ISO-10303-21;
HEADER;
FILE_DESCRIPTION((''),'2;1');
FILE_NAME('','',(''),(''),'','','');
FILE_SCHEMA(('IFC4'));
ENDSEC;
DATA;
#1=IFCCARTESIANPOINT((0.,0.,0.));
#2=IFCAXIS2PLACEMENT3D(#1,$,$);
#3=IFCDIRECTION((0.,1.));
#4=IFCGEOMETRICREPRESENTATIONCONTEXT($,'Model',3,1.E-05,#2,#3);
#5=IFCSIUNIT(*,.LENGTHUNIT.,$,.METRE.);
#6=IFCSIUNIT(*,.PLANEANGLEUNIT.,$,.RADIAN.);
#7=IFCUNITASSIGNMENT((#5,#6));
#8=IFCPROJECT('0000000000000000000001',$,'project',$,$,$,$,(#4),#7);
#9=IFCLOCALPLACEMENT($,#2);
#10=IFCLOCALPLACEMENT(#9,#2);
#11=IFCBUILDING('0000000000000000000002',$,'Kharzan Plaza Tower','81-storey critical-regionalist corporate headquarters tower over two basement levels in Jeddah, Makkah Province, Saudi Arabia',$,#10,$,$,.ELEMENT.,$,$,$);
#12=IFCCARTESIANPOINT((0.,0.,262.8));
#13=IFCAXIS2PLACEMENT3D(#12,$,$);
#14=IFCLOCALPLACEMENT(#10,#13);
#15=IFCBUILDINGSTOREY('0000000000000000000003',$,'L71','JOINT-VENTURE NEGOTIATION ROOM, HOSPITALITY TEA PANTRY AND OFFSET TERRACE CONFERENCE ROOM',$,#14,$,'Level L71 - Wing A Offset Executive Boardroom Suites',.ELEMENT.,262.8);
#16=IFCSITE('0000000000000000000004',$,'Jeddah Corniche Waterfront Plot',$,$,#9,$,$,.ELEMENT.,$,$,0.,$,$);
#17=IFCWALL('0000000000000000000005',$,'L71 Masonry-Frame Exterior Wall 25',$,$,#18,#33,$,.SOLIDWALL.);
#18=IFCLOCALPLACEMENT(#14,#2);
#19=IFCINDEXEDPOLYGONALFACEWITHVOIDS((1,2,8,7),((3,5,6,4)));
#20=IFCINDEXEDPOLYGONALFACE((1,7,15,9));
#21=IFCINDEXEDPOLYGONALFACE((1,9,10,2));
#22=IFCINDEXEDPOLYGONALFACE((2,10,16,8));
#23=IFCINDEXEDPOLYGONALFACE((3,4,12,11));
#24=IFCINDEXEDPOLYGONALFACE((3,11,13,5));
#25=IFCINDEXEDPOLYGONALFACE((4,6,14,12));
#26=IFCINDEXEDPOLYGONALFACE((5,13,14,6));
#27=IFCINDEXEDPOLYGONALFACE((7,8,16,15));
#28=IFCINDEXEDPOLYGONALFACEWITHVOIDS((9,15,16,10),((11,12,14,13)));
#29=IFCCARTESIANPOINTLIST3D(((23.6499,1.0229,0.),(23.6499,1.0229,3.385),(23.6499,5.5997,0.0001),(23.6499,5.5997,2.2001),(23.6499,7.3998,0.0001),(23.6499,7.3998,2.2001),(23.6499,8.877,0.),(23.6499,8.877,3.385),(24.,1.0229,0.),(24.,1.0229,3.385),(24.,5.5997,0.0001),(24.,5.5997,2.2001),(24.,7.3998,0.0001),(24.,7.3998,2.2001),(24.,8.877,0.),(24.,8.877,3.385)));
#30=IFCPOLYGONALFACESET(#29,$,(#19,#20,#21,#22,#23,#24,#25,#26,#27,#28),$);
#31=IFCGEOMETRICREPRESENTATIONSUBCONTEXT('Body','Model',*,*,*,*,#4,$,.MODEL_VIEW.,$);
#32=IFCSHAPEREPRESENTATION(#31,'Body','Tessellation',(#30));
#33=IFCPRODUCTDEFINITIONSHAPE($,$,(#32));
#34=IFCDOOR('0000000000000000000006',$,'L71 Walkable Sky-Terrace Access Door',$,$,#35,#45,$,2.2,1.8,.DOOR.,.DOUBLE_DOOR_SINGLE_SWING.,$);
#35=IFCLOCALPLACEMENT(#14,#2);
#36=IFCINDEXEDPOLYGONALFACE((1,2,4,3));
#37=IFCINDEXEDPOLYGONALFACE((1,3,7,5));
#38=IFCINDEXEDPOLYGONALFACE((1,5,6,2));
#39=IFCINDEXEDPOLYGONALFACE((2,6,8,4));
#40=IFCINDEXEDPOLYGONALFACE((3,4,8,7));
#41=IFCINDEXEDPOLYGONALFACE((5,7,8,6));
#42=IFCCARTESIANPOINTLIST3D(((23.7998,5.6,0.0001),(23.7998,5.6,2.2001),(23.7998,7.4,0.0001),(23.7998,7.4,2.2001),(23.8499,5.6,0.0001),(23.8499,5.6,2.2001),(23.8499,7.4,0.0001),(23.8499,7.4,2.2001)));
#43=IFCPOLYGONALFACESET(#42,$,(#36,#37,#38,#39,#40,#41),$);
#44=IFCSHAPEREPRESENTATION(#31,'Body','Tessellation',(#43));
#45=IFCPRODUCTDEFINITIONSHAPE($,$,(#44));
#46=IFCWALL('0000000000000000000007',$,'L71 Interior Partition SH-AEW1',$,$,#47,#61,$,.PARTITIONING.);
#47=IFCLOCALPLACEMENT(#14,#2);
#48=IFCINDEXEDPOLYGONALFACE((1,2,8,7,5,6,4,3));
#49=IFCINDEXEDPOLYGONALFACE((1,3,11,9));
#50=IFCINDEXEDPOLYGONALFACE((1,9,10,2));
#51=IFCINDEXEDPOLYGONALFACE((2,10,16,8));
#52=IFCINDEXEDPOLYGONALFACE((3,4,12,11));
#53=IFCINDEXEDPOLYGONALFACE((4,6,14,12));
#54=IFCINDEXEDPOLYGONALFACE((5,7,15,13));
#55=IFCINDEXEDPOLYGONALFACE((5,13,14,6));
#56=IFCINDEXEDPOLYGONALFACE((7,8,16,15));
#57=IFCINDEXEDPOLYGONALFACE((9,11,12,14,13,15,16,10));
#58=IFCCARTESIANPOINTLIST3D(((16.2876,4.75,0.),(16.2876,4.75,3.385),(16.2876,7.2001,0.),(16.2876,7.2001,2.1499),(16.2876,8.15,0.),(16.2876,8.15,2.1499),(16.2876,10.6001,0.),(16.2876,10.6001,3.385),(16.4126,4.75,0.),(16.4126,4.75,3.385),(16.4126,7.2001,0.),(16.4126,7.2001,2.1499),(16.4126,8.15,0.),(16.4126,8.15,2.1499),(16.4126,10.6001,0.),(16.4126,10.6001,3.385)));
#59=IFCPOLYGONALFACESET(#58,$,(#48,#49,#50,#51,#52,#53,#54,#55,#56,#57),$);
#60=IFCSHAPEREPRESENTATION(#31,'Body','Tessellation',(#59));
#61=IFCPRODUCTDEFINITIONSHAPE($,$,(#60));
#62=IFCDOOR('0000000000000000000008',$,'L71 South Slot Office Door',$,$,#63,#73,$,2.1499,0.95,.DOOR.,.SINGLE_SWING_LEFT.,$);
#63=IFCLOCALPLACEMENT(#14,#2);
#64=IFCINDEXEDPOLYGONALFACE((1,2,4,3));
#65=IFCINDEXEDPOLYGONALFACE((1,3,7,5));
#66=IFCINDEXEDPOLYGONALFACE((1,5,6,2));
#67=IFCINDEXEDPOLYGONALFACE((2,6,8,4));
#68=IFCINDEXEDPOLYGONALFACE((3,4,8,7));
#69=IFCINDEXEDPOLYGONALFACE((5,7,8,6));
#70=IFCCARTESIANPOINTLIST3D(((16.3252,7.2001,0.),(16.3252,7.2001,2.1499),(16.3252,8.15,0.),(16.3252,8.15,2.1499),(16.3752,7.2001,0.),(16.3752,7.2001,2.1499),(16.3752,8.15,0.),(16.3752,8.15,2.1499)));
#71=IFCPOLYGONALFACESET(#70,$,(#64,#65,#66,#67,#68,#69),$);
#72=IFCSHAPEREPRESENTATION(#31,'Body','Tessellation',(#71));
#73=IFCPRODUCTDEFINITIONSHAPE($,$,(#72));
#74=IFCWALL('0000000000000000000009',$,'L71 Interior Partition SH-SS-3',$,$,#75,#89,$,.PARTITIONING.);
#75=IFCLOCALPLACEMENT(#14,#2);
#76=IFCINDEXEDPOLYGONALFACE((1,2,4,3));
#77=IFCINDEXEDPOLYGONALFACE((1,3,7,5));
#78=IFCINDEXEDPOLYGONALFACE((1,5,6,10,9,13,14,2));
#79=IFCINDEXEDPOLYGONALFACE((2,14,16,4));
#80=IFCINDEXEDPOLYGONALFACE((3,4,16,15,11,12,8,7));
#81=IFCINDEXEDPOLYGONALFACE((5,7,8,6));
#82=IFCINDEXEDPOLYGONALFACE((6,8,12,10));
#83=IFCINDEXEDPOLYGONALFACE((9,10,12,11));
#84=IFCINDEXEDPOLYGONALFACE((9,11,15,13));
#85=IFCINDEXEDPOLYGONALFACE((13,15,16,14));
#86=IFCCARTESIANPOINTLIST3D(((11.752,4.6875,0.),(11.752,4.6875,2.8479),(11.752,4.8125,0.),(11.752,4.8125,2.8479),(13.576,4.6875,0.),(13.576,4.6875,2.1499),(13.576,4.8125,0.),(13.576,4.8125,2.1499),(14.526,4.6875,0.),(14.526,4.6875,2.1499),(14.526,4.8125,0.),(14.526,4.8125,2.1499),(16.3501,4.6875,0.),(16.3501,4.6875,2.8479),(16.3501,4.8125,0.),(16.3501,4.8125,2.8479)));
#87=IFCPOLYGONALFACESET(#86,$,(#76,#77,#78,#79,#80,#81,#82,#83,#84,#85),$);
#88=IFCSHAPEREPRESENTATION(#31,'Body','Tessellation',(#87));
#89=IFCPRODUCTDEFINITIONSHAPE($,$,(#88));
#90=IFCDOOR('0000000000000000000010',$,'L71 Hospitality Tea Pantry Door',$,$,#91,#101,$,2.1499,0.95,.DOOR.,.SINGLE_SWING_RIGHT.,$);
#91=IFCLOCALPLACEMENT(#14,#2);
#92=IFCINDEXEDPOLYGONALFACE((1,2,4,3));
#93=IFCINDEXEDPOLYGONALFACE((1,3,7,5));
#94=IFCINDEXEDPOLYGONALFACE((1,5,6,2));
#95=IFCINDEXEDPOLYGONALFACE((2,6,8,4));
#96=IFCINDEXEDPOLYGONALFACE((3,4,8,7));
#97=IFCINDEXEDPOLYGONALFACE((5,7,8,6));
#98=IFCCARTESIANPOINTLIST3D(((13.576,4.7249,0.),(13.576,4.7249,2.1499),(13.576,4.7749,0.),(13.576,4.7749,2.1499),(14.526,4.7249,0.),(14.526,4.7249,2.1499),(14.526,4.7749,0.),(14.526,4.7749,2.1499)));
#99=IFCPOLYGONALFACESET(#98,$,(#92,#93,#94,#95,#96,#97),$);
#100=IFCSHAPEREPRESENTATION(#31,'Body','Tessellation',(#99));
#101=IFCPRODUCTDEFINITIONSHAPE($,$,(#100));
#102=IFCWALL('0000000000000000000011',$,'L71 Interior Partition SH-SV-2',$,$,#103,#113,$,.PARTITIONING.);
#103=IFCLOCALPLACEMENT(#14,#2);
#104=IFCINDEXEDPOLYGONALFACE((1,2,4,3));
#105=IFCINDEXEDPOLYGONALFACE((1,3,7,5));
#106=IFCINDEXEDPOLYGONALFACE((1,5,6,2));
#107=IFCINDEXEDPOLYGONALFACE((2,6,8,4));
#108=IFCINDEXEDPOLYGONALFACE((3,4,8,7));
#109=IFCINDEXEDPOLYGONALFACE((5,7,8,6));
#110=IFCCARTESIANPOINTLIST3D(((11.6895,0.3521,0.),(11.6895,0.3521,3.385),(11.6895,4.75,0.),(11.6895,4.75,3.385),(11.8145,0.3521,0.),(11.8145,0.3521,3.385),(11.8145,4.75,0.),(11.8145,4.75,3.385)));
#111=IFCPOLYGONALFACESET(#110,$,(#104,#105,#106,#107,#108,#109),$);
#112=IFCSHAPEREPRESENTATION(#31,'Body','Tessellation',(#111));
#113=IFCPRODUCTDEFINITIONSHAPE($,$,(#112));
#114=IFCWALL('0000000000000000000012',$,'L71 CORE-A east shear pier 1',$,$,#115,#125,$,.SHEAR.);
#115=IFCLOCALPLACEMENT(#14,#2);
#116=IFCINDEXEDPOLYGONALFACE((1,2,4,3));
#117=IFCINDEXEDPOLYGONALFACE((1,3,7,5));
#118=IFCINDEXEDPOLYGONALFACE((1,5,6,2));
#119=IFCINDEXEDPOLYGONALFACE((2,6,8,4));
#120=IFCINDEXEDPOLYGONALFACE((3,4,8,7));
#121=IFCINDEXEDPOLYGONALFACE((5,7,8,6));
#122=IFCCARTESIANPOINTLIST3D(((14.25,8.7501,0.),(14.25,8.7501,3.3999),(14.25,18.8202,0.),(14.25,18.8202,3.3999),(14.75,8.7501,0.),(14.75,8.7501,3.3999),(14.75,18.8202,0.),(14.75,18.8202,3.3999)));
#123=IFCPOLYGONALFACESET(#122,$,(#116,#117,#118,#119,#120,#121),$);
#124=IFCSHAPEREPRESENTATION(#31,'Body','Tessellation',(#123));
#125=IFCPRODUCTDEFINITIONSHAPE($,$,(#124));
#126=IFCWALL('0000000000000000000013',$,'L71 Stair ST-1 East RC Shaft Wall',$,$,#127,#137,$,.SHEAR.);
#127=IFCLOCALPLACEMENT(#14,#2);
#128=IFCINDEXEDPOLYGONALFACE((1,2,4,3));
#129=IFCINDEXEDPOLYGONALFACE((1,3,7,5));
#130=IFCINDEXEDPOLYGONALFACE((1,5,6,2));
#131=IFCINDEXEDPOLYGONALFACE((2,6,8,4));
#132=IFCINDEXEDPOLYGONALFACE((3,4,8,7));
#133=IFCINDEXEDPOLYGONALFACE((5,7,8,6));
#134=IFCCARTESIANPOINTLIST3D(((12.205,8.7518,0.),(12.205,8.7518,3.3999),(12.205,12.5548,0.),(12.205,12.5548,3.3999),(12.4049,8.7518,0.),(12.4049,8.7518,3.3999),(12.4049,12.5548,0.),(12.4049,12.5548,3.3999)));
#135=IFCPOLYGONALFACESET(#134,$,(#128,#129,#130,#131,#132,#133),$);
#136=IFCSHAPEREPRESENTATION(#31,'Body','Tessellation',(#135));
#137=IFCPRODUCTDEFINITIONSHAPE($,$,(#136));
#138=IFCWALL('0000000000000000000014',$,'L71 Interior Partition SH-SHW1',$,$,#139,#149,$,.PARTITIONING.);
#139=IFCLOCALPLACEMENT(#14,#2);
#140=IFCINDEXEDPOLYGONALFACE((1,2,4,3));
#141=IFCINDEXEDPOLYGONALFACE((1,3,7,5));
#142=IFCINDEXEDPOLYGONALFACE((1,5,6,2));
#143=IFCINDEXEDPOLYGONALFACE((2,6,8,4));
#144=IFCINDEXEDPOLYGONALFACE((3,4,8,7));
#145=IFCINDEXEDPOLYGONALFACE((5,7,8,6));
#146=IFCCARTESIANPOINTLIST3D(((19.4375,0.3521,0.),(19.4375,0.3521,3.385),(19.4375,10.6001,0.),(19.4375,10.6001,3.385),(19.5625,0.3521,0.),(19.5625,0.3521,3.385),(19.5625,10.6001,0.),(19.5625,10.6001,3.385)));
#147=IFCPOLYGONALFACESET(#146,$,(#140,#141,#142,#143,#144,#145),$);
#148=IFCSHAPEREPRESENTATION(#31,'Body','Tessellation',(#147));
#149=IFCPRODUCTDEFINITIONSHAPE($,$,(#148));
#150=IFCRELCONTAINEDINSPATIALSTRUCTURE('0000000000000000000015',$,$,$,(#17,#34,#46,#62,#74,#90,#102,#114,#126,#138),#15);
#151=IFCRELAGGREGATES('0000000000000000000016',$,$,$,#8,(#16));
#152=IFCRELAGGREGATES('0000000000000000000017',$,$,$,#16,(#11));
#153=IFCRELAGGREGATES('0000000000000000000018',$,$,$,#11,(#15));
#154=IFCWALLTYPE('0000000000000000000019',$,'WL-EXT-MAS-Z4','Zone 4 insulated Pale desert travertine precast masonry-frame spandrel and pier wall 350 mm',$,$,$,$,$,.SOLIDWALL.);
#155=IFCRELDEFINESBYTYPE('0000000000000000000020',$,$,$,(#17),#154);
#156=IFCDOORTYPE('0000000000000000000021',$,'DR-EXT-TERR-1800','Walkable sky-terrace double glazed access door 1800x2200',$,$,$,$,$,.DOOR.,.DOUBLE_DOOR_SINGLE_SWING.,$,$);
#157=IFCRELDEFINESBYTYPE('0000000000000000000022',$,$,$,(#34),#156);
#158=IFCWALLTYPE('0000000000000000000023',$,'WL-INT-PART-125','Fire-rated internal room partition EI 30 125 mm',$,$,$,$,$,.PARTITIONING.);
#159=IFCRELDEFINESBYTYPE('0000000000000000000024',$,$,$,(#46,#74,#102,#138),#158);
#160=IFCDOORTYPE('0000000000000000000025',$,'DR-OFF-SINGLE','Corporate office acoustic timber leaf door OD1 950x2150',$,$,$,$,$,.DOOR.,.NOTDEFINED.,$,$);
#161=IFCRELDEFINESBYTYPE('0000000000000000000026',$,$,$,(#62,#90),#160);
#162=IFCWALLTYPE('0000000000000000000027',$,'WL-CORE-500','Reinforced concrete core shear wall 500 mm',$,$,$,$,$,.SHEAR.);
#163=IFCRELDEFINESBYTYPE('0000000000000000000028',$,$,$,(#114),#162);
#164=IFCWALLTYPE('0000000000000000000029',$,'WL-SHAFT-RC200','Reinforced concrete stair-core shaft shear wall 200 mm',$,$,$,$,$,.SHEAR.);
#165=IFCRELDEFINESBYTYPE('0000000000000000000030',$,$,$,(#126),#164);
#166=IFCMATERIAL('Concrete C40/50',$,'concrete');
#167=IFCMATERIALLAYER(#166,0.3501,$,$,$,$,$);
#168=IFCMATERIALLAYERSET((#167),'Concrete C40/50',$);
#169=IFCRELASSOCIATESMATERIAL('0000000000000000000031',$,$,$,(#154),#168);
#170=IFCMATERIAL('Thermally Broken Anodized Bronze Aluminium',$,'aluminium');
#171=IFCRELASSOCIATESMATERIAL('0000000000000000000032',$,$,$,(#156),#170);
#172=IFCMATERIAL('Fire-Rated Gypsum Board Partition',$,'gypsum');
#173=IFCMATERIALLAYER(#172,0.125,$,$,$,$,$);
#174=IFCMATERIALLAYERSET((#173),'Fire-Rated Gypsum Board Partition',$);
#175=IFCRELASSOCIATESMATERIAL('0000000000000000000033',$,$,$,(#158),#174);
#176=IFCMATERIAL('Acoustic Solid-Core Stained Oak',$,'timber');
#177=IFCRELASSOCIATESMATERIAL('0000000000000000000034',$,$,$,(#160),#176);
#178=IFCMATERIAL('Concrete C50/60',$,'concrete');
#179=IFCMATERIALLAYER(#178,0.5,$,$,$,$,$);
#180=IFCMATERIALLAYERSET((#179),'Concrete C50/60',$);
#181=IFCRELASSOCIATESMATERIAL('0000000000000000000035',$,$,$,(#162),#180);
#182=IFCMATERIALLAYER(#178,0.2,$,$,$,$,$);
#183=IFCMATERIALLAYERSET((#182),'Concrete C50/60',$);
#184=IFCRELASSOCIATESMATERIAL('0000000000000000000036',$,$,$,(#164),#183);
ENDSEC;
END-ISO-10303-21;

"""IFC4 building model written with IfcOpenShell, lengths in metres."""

from ifc_helpers import new_model, si_unit, direction, frame, frame_2d, origin, place, context, subcontext, project, spatial, rectangle, extrude, source, transform, mapped, material, layer, layer_set, type_object, element, fill, save


model = new_model("IFC4")

# Units and contexts
model_context = context("Model", 3, precision=1e-05, world=origin(), true_north=direction((0.0, 1.0)))
body_context = subcontext(model_context, "Body", "Model", "MODEL_VIEW")
ifc_project = project(units=[si_unit("LENGTHUNIT", "METRE"), si_unit("PLANEANGLEUNIT", "RADIAN")], contexts=[model_context])

# Site, building, storey
site_placement = place(None, origin())
site = spatial("IfcSite", under=ifc_project, at=site_placement, Name="Jeddah Corniche Waterfront Plot", CompositionType="ELEMENT", RefElevation=0.0)
building_placement = place(site_placement, origin())
building = spatial("IfcBuilding", under=site, at=building_placement, Name="Kharzan Plaza Tower", Description="81-storey critical-regionalist corporate headquarters tower over two basement levels in Jeddah, Makkah Province, Saudi Arabia", CompositionType="ELEMENT")
storey_placement = place(building_placement, frame((0.0, 0.0, 262.8)))
storey = spatial("IfcBuildingStorey", under=building, at=storey_placement, Name="L71", Description="JOINT-VENTURE NEGOTIATION ROOM, HOSPITALITY TEA PANTRY AND OFFSET TERRACE CONFERENCE ROOM", LongName="Level L71 - Wing A Offset Executive Boardroom Suites", CompositionType="ELEMENT", Elevation=262.8)

# Shared definitions
ifc_material_1 = material(Name="Concrete C50/60", Category="concrete")

# Shared definitions
ifc_material_2 = material(Name="Concrete C40/50", Category="concrete")
ifc_layer_1 = layer(ifc_material_2, 0.3501)
ifc_layer_set_1 = layer_set([ifc_layer_1], Name="Concrete C40/50")
wall_type_1 = type_object("IfcWallType", Name="WL-EXT-MAS-Z4", Description="Zone 4 insulated Pale desert travertine precast masonry-frame spandrel and pier wall 350 mm", PredefinedType="SOLIDWALL", material=ifc_layer_set_1)

# Walls, openings, doors
wall_1_placement = place(storey_placement, frame((23.825, 1.0229, 0.0), z_axis=(0.0, 0.0, 1.0), x_axis=(0.0, 1.0, 0.0)))
wall_1 = element("IfcWall", 1, at=wall_1_placement, inside=storey, type_object=wall_type_1, Name="L71 Masonry-Frame Exterior Wall 25", PredefinedType="SOLIDWALL", context=body_context, shape_type="SweptSolid", body=[
    extrude(rectangle(XDim=7.854, YDim=0.3501, at=frame_2d((3.927, 0.0))), origin(), (0.0, 0.0, 1.0), 3.385),
])
opening_1_placement = place(wall_1_placement, frame((4.5769, 0.0, 0.0)))
opening_1 = element("IfcOpeningElement", 2, at=opening_1_placement, cuts=wall_1, PredefinedType="OPENING", context=body_context, shape_type="SweptSolid", body=[
    extrude(rectangle(XDim=1.8, YDim=2.2, at=frame_2d((0.8999, 1.1001))), frame((0.0, 0.1851, 0.0), z_axis=(0.0, -1.0, 0.0), x_axis=(1.0, 0.0, 0.0)), (0.0, 0.0, 1.0), 0.3701),
])
ifc_material_3 = material(Name="Thermally Broken Anodized Bronze Aluminium", Category="aluminium")
door_type_1 = type_object("IfcDoorType", Name="DR-EXT-TERR-1800", Description="Walkable sky-terrace double glazed access door 1800x2200", OperationType="DOUBLE_DOOR_SINGLE_SWING", PredefinedType="DOOR", material=ifc_material_3)
shared_shape_1 = source(origin(), body_context, "Body", "SweptSolid", [
    extrude(rectangle(XDim=1.8, YDim=2.2, at=frame_2d((0.8999, 1.1001))), frame((0.0, 0.0249, 0.0), z_axis=(0.0, -1.0, 0.0), x_axis=(1.0, 0.0, 0.0)), (0.0, 0.0, 1.0), 0.05),
])
door_1_placement = place(opening_1_placement, frame((1.8, 0.0, 0.0), z_axis=(0.0, 0.0, 1.0), x_axis=(-1.0, 0.0, 0.0)))
door_1 = element("IfcDoor", 3, at=door_1_placement, inside=storey, type_object=door_type_1, Name="L71 Walkable Sky-Terrace Access Door", OperationType="DOUBLE_DOOR_SINGLE_SWING", OverallHeight=2.2, OverallWidth=1.8, PredefinedType="DOOR", context=body_context, shape_type="MappedRepresentation", body=[
    mapped(shared_shape_1, transform((0.0, 0.0, 0.0), x_axis=(1.0, 0.0, 0.0), y_axis=(0.0, 1.0, 0.0), z_axis=(0.0, 0.0, 1.0))),
])
fill(opening_1, door_1)
ifc_material_4 = material(Name="Fire-Rated Gypsum Board Partition", Category="gypsum")
ifc_layer_2 = layer(ifc_material_4, 0.125)
ifc_layer_set_2 = layer_set([ifc_layer_2], Name="Fire-Rated Gypsum Board Partition")
wall_type_2 = type_object("IfcWallType", Name="WL-INT-PART-125", Description="Fire-rated internal room partition EI 30 125 mm", PredefinedType="PARTITIONING", material=ifc_layer_set_2)
wall_2_placement = place(storey_placement, frame((16.3501, 4.75, 0.0), z_axis=(0.0, 0.0, 1.0), x_axis=(0.0, 1.0, 0.0)))
wall_2 = element("IfcWall", 4, at=wall_2_placement, inside=storey, type_object=wall_type_2, Name="L71 Interior Partition SH-AEW1", PredefinedType="PARTITIONING", context=body_context, shape_type="SweptSolid", body=[
    extrude(rectangle(XDim=5.8501, YDim=0.125, at=frame_2d((2.925, 0.0))), origin(), (0.0, 0.0, 1.0), 3.385),
])
opening_2_placement = place(wall_2_placement, frame((2.45, 0.0, 0.0)))
opening_2 = element("IfcOpeningElement", 5, at=opening_2_placement, cuts=wall_2, PredefinedType="OPENING", context=body_context, shape_type="SweptSolid", body=[
    extrude(rectangle(XDim=0.95, YDim=2.1499, at=frame_2d((0.4751, 1.075))), frame((0.0, 0.0725, 0.0), z_axis=(0.0, -1.0, 0.0), x_axis=(1.0, 0.0, 0.0)), (0.0, 0.0, 1.0), 0.145),
])
ifc_material_5 = material(Name="Acoustic Solid-Core Stained Oak", Category="timber")
door_type_2 = type_object("IfcDoorType", Name="DR-OFF-SINGLE", Description="Corporate office acoustic timber leaf door OD1 950x2150", OperationType="NOTDEFINED", PredefinedType="DOOR", material=ifc_material_5)
shared_shape_2 = source(origin(), body_context, "Body", "SweptSolid", [
    extrude(rectangle(XDim=0.95, YDim=2.1499, at=frame_2d((0.4751, 1.075))), frame((0.0, 0.0249, 0.0), z_axis=(0.0, -1.0, 0.0), x_axis=(1.0, 0.0, 0.0)), (0.0, 0.0, 1.0), 0.05),
])
door_2_placement = place(opening_2_placement, origin())
door_2 = element("IfcDoor", 6, at=door_2_placement, inside=storey, type_object=door_type_2, Name="L71 South Slot Office Door", OperationType="SINGLE_SWING_LEFT", OverallHeight=2.1499, OverallWidth=0.95, PredefinedType="DOOR", context=body_context, shape_type="MappedRepresentation", body=[
    mapped(shared_shape_2, transform((0.0, 0.0, 0.0), x_axis=(1.0, 0.0, 0.0), y_axis=(0.0, 1.0, 0.0), z_axis=(0.0, 0.0, 1.0))),
])
fill(opening_2, door_2)
wall_3_placement = place(storey_placement, frame((11.752, 4.75, 0.0), z_axis=(0.0, 0.0, 1.0), x_axis=(1.0, 0.0, 0.0)))
wall_3 = element("IfcWall", 7, at=wall_3_placement, inside=storey, type_object=wall_type_2, Name="L71 Interior Partition SH-SS-3", PredefinedType="PARTITIONING", context=body_context, shape_type="SweptSolid", body=[
    extrude(rectangle(XDim=4.5981, YDim=0.125, at=frame_2d((2.2991, 0.0))), origin(), (0.0, 0.0, 1.0), 2.8479),
])
opening_3_placement = place(wall_3_placement, frame((1.824, 0.0, 0.0)))
opening_3 = element("IfcOpeningElement", 8, at=opening_3_placement, cuts=wall_3, PredefinedType="OPENING", context=body_context, shape_type="SweptSolid", body=[
    extrude(rectangle(XDim=0.95, YDim=2.1499, at=frame_2d((0.4751, 1.075))), frame((0.0, 0.0725, 0.0), z_axis=(0.0, -1.0, 0.0), x_axis=(1.0, 0.0, 0.0)), (0.0, 0.0, 1.0), 0.145),
])
door_3_placement = place(opening_3_placement, origin())
door_3 = element("IfcDoor", 9, at=door_3_placement, inside=storey, type_object=door_type_2, Name="L71 Hospitality Tea Pantry Door", OperationType="SINGLE_SWING_RIGHT", OverallHeight=2.1499, OverallWidth=0.95, PredefinedType="DOOR", context=body_context, shape_type="MappedRepresentation", body=[
    mapped(shared_shape_2, transform((0.0, 0.0, 0.0), x_axis=(1.0, 0.0, 0.0), y_axis=(0.0, 1.0, 0.0), z_axis=(0.0, 0.0, 1.0))),
])
fill(opening_3, door_3)

# Walls
shared_shape_3 = source(origin(), body_context, "Body", "SweptSolid", [
    extrude(rectangle(XDim=4.3979, YDim=0.125, at=frame_2d((2.199, 0.0))), origin(), (0.0, 0.0, 1.0), 3.385),
])
wall_4_placement = place(storey_placement, frame((11.752, 0.3521, 0.0), z_axis=(0.0, 0.0, 1.0), x_axis=(0.0, 1.0, 0.0)))
element("IfcWall", 10, at=wall_4_placement, inside=storey, type_object=wall_type_2, Name="L71 Interior Partition SH-SV-2", PredefinedType="PARTITIONING", context=body_context, shape_type="MappedRepresentation", body=[
    mapped(shared_shape_3, transform((0.0, 0.0, 0.0), x_axis=(1.0, 0.0, 0.0), y_axis=(0.0, 1.0, 0.0), z_axis=(0.0, 0.0, 1.0))),
])
ifc_layer_3 = layer(ifc_material_1, 0.5)
ifc_layer_set_3 = layer_set([ifc_layer_3], Name="Concrete C50/60")
wall_type_3 = type_object("IfcWallType", Name="WL-CORE-500", Description="Reinforced concrete core shear wall 500 mm", PredefinedType="SHEAR", material=ifc_layer_set_3)
shared_shape_4 = source(origin(), body_context, "Body", "SweptSolid", [
    extrude(rectangle(XDim=10.0701, YDim=0.5, at=frame_2d((5.0352, 0.0))), origin(), (0.0, 0.0, 1.0), 3.3999),
])
wall_5_placement = place(storey_placement, frame((14.5, 8.75, 0.0), z_axis=(0.0, 0.0, 1.0), x_axis=(0.0, 1.0, 0.0)))
element("IfcWall", 11, at=wall_5_placement, inside=storey, type_object=wall_type_3, Name="L71 CORE-A east shear pier 1", PredefinedType="SHEAR", context=body_context, shape_type="MappedRepresentation", body=[
    mapped(shared_shape_4, transform((0.0, 0.0, 0.0), x_axis=(1.0, 0.0, 0.0), y_axis=(0.0, 1.0, 0.0), z_axis=(0.0, 0.0, 1.0))),
])
ifc_layer_4 = layer(ifc_material_1, 0.2)
ifc_layer_set_4 = layer_set([ifc_layer_4], Name="Concrete C50/60")
wall_type_4 = type_object("IfcWallType", Name="WL-SHAFT-RC200", Description="Reinforced concrete stair-core shaft shear wall 200 mm", PredefinedType="SHEAR", material=ifc_layer_set_4)
shared_shape_5 = source(origin(), body_context, "Body", "SweptSolid", [
    extrude(rectangle(XDim=3.803, YDim=0.2, at=frame_2d((1.9014, 0.0))), origin(), (0.0, 0.0, 1.0), 3.3999),
])
wall_6_placement = place(storey_placement, frame((12.3049, 8.752, 0.0), z_axis=(0.0, 0.0, 1.0), x_axis=(0.0, 1.0, 0.0)))
element("IfcWall", 12, at=wall_6_placement, inside=storey, type_object=wall_type_4, Name="L71 Stair ST-1 East RC Shaft Wall", PredefinedType="SHEAR", context=body_context, shape_type="MappedRepresentation", body=[
    mapped(shared_shape_5, transform((0.0, 0.0, 0.0), x_axis=(1.0, 0.0, 0.0), y_axis=(0.0, 1.0, 0.0), z_axis=(0.0, 0.0, 1.0))),
])
shared_shape_6 = source(origin(), body_context, "Body", "SweptSolid", [
    extrude(rectangle(XDim=10.248, YDim=0.125, at=frame_2d((5.124, 0.0))), origin(), (0.0, 0.0, 1.0), 3.385),
])
wall_7_placement = place(storey_placement, frame((19.5, 0.3521, 0.0), z_axis=(0.0, 0.0, 1.0), x_axis=(0.0, 1.0, 0.0)))
element("IfcWall", 13, at=wall_7_placement, inside=storey, type_object=wall_type_2, Name="L71 Interior Partition SH-SHW1", PredefinedType="PARTITIONING", context=body_context, shape_type="MappedRepresentation", body=[
    mapped(shared_shape_6, transform((0.0, 0.0, 0.0), x_axis=(1.0, 0.0, 0.0), y_axis=(0.0, 1.0, 0.0), z_axis=(0.0, 0.0, 1.0))),
])

save(model, "model.ifc")
